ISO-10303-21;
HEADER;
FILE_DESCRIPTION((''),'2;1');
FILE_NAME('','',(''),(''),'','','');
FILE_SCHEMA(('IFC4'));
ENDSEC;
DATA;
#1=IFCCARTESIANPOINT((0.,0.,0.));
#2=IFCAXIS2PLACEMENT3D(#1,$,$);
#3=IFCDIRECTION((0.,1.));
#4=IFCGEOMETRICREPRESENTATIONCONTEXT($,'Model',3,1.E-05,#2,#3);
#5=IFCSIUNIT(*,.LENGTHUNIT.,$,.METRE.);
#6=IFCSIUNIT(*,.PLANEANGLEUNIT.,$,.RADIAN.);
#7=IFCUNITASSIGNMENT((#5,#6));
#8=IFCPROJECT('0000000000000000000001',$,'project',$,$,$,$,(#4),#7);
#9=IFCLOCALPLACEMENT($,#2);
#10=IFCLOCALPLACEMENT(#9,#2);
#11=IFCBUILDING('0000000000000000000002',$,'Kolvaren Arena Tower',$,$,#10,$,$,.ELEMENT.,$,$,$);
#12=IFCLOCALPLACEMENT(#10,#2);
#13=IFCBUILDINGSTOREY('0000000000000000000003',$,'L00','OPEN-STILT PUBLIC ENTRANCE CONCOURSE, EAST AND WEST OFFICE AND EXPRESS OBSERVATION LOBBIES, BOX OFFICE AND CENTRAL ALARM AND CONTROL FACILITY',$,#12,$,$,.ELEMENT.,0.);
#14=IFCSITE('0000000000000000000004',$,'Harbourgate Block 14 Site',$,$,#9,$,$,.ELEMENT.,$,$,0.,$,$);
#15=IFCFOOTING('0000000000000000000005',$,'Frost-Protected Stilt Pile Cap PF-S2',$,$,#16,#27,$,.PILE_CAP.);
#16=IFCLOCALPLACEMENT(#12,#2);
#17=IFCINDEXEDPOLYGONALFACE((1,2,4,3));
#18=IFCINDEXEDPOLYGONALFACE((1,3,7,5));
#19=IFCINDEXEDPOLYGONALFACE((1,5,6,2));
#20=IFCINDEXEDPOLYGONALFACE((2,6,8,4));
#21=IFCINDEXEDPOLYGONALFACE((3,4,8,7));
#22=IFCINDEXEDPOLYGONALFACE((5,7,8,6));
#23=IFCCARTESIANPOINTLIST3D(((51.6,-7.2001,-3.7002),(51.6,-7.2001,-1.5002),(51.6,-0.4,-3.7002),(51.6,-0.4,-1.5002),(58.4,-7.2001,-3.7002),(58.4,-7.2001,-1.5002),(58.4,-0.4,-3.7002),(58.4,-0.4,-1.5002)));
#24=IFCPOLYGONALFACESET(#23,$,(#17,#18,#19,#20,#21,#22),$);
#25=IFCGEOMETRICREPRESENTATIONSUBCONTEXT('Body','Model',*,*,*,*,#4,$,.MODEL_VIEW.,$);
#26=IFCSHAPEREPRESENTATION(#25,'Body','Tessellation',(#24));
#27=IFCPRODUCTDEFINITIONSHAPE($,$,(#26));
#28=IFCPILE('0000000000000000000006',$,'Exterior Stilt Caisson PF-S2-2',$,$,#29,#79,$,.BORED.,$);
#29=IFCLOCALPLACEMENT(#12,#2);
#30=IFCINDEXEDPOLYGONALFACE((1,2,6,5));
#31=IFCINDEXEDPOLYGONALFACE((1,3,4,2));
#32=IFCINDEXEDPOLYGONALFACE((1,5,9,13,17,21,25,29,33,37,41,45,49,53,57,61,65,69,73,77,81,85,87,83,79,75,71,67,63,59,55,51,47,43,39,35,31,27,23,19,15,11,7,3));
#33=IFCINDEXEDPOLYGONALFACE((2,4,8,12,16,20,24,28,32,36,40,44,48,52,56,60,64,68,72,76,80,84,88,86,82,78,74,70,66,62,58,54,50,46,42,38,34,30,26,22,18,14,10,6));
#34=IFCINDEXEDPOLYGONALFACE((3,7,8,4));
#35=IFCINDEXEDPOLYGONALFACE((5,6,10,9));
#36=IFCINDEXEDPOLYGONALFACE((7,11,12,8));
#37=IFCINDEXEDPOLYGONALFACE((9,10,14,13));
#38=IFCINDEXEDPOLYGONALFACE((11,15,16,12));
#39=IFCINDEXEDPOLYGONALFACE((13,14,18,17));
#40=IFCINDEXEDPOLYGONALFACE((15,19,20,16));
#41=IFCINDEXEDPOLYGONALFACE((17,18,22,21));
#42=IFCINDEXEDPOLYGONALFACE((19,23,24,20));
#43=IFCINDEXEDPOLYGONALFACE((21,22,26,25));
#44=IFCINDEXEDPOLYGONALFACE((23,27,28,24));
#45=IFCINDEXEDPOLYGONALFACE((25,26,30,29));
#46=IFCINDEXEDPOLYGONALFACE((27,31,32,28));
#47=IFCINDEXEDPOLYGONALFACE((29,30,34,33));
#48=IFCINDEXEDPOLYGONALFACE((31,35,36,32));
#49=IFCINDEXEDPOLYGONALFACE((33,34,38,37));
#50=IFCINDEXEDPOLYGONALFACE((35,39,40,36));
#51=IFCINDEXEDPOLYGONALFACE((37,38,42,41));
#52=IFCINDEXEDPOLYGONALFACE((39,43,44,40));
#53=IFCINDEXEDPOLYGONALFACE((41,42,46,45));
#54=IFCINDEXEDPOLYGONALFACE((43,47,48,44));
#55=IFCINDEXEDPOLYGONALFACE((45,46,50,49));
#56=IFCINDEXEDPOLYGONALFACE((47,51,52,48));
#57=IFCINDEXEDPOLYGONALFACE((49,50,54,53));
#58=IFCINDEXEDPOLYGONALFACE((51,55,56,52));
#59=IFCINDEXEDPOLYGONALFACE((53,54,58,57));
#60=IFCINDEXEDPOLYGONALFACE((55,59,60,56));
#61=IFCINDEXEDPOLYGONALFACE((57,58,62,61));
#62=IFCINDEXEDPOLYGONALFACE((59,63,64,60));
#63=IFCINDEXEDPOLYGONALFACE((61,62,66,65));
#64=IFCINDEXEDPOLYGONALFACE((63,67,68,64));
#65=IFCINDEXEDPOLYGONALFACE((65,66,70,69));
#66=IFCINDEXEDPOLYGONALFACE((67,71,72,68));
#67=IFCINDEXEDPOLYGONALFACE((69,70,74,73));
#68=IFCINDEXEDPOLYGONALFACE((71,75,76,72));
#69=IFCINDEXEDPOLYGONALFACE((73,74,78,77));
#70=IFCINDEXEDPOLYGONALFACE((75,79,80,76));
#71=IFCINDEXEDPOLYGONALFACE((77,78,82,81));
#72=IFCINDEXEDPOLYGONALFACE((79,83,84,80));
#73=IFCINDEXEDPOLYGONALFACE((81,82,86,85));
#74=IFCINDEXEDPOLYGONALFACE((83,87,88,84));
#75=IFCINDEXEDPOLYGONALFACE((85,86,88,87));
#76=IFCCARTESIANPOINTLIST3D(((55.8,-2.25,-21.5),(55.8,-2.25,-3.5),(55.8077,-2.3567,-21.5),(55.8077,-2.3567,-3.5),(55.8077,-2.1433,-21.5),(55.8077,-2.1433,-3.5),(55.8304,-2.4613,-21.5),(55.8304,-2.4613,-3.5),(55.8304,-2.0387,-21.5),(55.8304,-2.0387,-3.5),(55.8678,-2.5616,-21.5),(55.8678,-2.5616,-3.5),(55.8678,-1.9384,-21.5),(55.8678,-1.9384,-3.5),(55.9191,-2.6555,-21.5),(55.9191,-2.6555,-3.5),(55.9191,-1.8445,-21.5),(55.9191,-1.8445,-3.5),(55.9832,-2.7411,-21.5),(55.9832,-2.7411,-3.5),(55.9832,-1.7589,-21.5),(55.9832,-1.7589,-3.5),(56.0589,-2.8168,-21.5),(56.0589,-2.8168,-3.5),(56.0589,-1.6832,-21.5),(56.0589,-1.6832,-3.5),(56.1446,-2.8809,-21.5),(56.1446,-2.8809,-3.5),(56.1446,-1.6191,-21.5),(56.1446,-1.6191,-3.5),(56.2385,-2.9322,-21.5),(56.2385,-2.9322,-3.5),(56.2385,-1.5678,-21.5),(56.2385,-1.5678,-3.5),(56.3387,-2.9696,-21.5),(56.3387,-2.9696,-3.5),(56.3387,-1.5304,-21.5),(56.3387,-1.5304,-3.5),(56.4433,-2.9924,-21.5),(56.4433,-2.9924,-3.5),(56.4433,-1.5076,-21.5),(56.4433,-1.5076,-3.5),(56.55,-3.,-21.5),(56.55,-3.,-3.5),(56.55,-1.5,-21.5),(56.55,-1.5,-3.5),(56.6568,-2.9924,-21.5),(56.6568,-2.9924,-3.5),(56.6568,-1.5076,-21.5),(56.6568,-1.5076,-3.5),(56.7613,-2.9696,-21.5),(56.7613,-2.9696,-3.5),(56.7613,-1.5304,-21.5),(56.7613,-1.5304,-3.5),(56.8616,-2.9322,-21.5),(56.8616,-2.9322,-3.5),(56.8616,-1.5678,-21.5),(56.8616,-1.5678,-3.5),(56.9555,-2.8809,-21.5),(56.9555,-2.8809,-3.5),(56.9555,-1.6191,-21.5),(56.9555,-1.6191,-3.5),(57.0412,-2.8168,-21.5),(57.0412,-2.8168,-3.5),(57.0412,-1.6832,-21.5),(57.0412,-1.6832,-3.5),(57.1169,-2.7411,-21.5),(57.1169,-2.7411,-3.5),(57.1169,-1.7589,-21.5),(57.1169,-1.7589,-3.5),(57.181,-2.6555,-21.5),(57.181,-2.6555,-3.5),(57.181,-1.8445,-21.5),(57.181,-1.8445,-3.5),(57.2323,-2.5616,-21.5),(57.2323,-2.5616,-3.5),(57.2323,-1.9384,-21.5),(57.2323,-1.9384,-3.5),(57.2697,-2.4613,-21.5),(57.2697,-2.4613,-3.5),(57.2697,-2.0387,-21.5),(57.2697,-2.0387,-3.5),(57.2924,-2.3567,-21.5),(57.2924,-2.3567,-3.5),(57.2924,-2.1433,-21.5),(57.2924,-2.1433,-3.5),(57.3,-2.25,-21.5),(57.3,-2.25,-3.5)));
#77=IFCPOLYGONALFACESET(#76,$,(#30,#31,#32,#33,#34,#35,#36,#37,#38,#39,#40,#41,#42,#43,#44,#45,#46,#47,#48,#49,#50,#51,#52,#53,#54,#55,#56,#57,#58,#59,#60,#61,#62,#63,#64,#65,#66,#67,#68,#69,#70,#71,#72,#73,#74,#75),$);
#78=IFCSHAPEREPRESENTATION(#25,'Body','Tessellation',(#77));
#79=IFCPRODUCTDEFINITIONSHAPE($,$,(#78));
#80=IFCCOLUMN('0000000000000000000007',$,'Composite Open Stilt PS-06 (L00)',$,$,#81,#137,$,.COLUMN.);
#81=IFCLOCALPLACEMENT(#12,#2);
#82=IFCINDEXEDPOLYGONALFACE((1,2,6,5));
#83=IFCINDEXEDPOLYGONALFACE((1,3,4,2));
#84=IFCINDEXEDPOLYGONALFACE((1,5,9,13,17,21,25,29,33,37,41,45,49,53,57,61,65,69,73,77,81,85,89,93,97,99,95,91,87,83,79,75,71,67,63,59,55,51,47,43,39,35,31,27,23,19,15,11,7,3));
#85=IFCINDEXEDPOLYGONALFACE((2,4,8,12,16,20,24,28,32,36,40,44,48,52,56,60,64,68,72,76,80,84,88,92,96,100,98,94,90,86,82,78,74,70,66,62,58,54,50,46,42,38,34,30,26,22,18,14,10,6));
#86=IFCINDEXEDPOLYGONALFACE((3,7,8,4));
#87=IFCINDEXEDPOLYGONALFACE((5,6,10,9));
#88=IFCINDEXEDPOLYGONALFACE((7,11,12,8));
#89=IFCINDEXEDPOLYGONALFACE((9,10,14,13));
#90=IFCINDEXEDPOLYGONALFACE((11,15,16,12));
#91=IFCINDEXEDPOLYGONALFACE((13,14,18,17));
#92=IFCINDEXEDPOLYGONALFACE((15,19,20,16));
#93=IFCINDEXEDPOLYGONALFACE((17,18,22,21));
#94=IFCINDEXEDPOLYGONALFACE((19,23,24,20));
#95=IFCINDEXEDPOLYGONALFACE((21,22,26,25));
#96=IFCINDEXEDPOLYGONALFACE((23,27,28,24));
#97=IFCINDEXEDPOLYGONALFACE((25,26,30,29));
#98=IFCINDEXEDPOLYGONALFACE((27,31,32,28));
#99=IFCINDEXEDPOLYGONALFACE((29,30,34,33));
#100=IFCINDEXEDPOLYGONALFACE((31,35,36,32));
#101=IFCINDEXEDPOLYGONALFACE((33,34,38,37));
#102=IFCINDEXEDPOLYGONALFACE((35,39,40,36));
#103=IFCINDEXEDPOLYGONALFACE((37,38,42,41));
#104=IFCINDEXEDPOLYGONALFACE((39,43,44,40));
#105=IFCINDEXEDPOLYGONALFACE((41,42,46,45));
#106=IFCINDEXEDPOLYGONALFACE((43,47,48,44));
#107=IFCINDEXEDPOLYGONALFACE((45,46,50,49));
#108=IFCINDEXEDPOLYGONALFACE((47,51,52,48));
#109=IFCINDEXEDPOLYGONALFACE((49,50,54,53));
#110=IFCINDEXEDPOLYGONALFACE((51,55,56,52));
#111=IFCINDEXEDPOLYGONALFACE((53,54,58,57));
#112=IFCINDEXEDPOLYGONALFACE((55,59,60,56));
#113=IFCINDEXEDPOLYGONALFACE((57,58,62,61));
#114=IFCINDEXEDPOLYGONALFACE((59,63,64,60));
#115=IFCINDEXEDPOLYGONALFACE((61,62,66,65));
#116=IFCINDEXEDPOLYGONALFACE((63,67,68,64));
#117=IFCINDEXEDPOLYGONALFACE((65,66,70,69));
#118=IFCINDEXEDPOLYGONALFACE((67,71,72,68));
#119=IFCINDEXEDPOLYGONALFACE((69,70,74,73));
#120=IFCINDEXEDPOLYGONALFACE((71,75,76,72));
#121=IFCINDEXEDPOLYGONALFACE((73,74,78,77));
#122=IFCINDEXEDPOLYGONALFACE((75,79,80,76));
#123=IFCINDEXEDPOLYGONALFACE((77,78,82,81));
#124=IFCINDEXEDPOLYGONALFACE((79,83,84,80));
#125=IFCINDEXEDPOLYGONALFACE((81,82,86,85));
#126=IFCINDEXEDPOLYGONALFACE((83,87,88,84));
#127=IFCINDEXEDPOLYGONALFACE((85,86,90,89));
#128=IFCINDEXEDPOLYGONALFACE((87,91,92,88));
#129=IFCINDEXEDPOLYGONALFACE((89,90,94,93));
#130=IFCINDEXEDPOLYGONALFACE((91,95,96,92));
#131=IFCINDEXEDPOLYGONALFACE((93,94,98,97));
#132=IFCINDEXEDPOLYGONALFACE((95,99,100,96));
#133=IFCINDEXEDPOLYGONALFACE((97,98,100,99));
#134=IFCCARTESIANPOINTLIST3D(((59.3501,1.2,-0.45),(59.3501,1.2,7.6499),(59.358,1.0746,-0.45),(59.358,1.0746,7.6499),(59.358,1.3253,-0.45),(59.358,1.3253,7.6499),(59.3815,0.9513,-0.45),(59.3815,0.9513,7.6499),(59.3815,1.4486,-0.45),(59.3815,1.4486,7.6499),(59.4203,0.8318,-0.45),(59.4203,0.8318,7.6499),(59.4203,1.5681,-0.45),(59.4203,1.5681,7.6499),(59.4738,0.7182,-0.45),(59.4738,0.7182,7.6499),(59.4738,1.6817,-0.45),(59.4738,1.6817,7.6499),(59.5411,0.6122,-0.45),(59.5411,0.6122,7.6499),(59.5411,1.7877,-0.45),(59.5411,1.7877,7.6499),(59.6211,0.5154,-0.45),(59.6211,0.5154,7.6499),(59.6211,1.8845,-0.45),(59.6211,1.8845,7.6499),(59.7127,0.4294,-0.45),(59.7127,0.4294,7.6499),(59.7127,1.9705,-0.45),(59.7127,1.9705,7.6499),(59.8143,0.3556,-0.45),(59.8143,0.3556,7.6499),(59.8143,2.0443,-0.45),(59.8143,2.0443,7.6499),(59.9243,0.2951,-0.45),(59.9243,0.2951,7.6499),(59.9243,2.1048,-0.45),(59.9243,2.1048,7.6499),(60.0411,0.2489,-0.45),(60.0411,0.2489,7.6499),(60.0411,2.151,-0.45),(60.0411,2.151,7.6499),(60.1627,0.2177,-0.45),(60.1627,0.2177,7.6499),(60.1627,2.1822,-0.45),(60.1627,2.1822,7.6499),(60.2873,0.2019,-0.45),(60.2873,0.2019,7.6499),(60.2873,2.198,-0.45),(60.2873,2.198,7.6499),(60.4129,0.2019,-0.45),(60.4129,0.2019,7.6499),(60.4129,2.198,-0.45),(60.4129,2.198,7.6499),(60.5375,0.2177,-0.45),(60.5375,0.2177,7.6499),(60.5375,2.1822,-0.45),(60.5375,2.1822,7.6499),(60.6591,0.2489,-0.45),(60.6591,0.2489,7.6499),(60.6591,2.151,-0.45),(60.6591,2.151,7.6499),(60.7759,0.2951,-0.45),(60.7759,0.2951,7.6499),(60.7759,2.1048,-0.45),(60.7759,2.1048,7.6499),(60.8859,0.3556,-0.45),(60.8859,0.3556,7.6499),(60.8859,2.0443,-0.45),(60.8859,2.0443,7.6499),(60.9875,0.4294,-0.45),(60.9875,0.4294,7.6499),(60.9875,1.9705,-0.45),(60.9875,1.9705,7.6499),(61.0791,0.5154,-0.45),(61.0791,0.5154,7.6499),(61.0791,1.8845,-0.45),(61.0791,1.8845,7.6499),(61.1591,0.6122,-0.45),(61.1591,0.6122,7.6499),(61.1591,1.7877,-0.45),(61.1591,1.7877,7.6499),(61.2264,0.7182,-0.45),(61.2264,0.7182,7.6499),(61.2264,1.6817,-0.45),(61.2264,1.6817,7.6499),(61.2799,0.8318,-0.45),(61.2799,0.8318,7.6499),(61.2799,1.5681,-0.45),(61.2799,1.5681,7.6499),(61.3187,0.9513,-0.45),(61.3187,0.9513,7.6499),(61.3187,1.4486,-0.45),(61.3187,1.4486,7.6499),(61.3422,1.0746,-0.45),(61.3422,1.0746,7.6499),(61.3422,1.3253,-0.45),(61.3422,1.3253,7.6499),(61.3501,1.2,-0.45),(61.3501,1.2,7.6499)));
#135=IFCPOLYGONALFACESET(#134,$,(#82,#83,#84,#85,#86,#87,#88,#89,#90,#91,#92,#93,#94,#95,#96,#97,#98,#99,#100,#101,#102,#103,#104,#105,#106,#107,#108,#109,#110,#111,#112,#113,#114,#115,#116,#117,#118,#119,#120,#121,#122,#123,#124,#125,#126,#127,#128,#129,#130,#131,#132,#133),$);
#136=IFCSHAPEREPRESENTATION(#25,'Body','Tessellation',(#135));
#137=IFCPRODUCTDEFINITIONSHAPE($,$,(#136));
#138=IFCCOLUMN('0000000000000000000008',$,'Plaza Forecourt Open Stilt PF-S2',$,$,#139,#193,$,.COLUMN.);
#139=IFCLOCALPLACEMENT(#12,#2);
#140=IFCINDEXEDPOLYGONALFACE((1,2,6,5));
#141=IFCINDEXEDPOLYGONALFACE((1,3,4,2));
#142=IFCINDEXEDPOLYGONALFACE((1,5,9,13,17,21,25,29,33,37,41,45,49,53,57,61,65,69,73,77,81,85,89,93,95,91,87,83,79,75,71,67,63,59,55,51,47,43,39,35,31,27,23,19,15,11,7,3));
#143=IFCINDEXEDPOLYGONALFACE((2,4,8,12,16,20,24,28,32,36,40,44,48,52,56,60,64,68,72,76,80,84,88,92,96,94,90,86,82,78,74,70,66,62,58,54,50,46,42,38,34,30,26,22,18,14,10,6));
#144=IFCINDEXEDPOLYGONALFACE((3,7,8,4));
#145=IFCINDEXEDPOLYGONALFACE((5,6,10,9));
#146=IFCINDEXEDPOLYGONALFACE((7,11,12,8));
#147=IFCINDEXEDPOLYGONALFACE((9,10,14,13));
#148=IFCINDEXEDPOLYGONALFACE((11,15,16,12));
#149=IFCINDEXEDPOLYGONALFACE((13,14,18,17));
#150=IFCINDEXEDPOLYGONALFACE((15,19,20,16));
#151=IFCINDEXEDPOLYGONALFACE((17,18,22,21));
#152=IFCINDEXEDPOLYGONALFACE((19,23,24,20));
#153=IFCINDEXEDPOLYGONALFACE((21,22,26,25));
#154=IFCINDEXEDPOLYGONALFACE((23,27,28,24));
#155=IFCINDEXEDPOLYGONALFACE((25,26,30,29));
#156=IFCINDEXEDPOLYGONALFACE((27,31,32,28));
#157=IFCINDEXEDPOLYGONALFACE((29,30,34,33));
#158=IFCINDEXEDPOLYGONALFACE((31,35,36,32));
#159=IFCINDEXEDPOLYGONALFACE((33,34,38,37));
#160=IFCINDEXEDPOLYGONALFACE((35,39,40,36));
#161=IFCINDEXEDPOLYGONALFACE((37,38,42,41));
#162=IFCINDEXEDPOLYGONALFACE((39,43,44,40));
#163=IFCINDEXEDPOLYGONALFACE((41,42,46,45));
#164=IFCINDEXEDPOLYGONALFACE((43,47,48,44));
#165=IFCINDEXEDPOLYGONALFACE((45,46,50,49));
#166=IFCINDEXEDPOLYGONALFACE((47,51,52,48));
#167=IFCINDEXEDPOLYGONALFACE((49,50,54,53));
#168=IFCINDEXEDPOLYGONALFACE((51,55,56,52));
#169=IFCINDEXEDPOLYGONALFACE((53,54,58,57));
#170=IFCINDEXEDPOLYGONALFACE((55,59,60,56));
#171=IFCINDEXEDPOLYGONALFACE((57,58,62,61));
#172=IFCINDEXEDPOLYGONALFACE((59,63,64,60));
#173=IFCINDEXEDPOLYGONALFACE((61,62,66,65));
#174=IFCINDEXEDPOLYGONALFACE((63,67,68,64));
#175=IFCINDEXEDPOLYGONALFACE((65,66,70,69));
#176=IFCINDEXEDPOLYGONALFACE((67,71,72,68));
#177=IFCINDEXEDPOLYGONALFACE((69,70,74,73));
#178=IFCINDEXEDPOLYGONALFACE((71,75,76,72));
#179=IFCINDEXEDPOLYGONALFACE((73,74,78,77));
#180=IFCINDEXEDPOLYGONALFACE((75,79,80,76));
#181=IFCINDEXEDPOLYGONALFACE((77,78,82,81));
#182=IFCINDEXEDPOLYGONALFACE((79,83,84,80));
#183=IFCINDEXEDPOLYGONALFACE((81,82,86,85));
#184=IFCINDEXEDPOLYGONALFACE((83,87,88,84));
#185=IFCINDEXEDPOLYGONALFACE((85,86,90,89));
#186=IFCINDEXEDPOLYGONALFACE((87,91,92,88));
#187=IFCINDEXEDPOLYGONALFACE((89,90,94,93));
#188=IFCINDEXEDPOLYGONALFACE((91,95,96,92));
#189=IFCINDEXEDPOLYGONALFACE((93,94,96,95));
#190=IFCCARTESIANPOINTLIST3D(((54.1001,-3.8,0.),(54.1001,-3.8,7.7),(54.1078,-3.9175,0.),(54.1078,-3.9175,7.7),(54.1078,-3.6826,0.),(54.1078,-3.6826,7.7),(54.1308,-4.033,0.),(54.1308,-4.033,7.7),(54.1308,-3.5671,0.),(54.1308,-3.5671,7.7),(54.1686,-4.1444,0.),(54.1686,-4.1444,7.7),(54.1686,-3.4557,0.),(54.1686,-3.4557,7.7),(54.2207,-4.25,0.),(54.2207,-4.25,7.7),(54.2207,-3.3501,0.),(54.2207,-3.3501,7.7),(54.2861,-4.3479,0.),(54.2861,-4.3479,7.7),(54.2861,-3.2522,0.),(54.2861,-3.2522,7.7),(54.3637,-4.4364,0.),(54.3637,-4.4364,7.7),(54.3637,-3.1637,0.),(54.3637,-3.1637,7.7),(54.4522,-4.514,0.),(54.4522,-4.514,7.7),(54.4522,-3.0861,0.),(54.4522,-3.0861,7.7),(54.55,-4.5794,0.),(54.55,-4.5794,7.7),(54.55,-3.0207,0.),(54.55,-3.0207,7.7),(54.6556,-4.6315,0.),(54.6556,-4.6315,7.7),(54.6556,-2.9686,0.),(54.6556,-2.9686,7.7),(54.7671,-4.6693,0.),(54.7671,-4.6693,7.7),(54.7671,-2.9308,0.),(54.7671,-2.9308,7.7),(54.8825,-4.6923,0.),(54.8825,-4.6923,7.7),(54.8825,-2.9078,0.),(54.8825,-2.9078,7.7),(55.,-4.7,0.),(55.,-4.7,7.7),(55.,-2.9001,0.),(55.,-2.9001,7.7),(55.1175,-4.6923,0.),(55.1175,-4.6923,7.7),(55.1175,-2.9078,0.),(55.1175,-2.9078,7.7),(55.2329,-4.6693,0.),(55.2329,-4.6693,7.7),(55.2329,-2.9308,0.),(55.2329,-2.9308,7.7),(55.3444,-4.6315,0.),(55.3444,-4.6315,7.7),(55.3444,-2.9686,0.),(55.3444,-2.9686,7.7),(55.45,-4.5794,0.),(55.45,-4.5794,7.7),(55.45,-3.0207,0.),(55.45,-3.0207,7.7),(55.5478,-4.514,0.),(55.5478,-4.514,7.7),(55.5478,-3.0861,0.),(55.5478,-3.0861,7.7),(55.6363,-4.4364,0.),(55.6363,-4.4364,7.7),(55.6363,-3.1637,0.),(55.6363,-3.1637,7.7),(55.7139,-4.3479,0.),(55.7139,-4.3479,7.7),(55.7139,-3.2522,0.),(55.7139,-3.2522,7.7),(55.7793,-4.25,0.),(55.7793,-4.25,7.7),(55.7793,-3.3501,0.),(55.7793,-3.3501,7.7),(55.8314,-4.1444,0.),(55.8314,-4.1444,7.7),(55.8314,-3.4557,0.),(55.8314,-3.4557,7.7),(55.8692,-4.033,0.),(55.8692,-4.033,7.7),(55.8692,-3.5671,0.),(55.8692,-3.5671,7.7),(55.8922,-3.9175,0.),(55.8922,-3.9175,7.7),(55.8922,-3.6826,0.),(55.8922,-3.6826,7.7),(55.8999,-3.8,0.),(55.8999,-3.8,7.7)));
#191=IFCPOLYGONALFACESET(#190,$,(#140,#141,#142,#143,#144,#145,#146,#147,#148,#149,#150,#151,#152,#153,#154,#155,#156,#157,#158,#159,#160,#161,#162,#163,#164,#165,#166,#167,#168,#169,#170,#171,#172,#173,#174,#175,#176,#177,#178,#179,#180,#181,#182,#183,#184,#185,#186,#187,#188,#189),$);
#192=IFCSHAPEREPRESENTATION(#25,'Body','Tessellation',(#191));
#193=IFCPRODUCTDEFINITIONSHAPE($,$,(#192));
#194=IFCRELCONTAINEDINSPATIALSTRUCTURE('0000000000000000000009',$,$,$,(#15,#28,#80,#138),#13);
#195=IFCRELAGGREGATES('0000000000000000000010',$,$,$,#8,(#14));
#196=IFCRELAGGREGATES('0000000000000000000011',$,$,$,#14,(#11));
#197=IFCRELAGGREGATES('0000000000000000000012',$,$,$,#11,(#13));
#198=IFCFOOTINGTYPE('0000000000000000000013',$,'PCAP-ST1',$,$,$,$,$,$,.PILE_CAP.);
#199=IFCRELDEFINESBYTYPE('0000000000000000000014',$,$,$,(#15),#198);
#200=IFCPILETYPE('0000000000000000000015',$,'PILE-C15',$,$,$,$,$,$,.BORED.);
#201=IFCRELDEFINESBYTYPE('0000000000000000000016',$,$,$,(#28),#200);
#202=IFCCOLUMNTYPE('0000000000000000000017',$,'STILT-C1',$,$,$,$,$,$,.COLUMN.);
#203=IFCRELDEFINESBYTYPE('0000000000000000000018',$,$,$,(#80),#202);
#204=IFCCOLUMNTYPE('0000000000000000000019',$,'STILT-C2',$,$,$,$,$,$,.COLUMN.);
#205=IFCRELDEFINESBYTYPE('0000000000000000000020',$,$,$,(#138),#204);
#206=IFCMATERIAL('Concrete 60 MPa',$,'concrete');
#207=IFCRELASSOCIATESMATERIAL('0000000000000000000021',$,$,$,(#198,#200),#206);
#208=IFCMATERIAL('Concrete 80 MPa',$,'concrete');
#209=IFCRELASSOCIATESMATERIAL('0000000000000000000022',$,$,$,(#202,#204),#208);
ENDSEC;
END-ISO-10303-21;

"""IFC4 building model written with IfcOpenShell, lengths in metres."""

from ifc_helpers import new_model, si_unit, direction, frame, origin, origin_2d, place, context, subcontext, project, spatial, rectangle, circle, extrude, material, material_profile, profile_set, type_object, element, save


model = new_model("IFC4")

# Units and contexts
model_context = context("Model", 3, precision=1e-05, world=origin(), true_north=direction((0.0, 1.0)))
body_context = subcontext(model_context, "Body", "Model", "MODEL_VIEW")
ifc_project = project(units=[si_unit("LENGTHUNIT", "METRE"), si_unit("PLANEANGLEUNIT", "RADIAN")], contexts=[model_context])

# Site, building, storey
site_placement = place(None, origin())
site = spatial("IfcSite", under=ifc_project, at=site_placement, Name="Harbourgate Block 14 Site", CompositionType="ELEMENT", RefElevation=0.0)
building_placement = place(site_placement, origin())
building = spatial("IfcBuilding", under=site, at=building_placement, Name="Kolvaren Arena Tower", CompositionType="ELEMENT")
storey_placement = place(building_placement, origin())
storey = spatial("IfcBuildingStorey", under=building, at=storey_placement, Name="L00", Description="OPEN-STILT PUBLIC ENTRANCE CONCOURSE, EAST AND WEST OFFICE AND EXPRESS OBSERVATION LOBBIES, BOX OFFICE AND CENTRAL ALARM AND CONTROL FACILITY", CompositionType="ELEMENT", Elevation=0.0)

# Footing
ifc_material_1 = material(Name="Concrete 60 MPa", Category="concrete")
footing_type = type_object("IfcFootingType", Name="PCAP-ST1", PredefinedType="PILE_CAP", material=ifc_material_1)
footing_placement = place(storey_placement, frame((55.0, -3.8, -3.7002), z_axis=(0.0, 0.0, 1.0), x_axis=(1.0, 0.0, 0.0)))
element("IfcFooting", 1, at=footing_placement, inside=storey, type_object=footing_type, Name="Frost-Protected Stilt Pile Cap PF-S2", PredefinedType="PILE_CAP", context=body_context, shape_type="SweptSolid", body=[
    extrude(rectangle(XDim=6.8, YDim=6.8, at=origin_2d()), origin(), (0.0, 0.0, 1.0), 2.2),
])

# Pile
ifc_material_profile_1 = material_profile(ifc_material_1, circle(Radius=0.75, at=origin_2d()), Name="CAISSON-D1500")
ifc_profile_set_1 = profile_set([ifc_material_profile_1], Name="Concrete 60 MPa")
pile_type = type_object("IfcPileType", Name="PILE-C15", PredefinedType="BORED", material=ifc_profile_set_1)
pile_placement = place(storey_placement, frame((56.55, -2.25, -3.5), z_axis=(0.0, 0.0, -1.0), x_axis=(1.0, 0.0, 0.0)))
element("IfcPile", 2, at=pile_placement, inside=storey, type_object=pile_type, Name="Exterior Stilt Caisson PF-S2-2", PredefinedType="BORED", context=body_context, shape_type="SweptSolid", body=[
    extrude(circle(Radius=0.75, at=origin_2d()), origin(), (0.0, 0.0, 1.0), 18.0),
])

# Columns
ifc_material_2 = material(Name="Concrete 80 MPa", Category="concrete")
ifc_material_profile_2 = material_profile(ifc_material_2, circle(Radius=1.0, at=origin_2d()), Name="RC-CIRC-2000")
ifc_profile_set_2 = profile_set([ifc_material_profile_2], Name="Concrete 80 MPa")
column_type_1 = type_object("IfcColumnType", Name="STILT-C1", PredefinedType="COLUMN", material=ifc_profile_set_2)
column_1_placement = place(storey_placement, frame((60.3501, 1.2, -0.45), z_axis=(0.0, 0.0, 1.0), x_axis=(1.0, 0.0, 0.0)))
element("IfcColumn", 3, at=column_1_placement, inside=storey, type_object=column_type_1, Name="Composite Open Stilt PS-06 (L00)", PredefinedType="COLUMN", context=body_context, shape_type="SweptSolid", body=[
    extrude(circle(Radius=1.0, at=origin_2d()), origin(), (0.0, 0.0, 1.0), 8.0999),
])
ifc_material_profile_3 = material_profile(ifc_material_2, circle(Radius=0.8999, at=origin_2d()), Name="RC-CIRC-1800")
ifc_profile_set_3 = profile_set([ifc_material_profile_3], Name="Concrete 80 MPa")
column_type_2 = type_object("IfcColumnType", Name="STILT-C2", PredefinedType="COLUMN", material=ifc_profile_set_3)
column_2_placement = place(storey_placement, frame((55.0, -3.8, 0.0), z_axis=(0.0, 0.0, 1.0), x_axis=(1.0, 0.0, 0.0)))
element("IfcColumn", 4, at=column_2_placement, inside=storey, type_object=column_type_2, Name="Plaza Forecourt Open Stilt PF-S2", PredefinedType="COLUMN", context=body_context, shape_type="SweptSolid", body=[
    extrude(circle(Radius=0.8999, at=origin_2d()), origin(), (0.0, 0.0, 1.0), 7.7),
])

save(model, "model.ifc")
